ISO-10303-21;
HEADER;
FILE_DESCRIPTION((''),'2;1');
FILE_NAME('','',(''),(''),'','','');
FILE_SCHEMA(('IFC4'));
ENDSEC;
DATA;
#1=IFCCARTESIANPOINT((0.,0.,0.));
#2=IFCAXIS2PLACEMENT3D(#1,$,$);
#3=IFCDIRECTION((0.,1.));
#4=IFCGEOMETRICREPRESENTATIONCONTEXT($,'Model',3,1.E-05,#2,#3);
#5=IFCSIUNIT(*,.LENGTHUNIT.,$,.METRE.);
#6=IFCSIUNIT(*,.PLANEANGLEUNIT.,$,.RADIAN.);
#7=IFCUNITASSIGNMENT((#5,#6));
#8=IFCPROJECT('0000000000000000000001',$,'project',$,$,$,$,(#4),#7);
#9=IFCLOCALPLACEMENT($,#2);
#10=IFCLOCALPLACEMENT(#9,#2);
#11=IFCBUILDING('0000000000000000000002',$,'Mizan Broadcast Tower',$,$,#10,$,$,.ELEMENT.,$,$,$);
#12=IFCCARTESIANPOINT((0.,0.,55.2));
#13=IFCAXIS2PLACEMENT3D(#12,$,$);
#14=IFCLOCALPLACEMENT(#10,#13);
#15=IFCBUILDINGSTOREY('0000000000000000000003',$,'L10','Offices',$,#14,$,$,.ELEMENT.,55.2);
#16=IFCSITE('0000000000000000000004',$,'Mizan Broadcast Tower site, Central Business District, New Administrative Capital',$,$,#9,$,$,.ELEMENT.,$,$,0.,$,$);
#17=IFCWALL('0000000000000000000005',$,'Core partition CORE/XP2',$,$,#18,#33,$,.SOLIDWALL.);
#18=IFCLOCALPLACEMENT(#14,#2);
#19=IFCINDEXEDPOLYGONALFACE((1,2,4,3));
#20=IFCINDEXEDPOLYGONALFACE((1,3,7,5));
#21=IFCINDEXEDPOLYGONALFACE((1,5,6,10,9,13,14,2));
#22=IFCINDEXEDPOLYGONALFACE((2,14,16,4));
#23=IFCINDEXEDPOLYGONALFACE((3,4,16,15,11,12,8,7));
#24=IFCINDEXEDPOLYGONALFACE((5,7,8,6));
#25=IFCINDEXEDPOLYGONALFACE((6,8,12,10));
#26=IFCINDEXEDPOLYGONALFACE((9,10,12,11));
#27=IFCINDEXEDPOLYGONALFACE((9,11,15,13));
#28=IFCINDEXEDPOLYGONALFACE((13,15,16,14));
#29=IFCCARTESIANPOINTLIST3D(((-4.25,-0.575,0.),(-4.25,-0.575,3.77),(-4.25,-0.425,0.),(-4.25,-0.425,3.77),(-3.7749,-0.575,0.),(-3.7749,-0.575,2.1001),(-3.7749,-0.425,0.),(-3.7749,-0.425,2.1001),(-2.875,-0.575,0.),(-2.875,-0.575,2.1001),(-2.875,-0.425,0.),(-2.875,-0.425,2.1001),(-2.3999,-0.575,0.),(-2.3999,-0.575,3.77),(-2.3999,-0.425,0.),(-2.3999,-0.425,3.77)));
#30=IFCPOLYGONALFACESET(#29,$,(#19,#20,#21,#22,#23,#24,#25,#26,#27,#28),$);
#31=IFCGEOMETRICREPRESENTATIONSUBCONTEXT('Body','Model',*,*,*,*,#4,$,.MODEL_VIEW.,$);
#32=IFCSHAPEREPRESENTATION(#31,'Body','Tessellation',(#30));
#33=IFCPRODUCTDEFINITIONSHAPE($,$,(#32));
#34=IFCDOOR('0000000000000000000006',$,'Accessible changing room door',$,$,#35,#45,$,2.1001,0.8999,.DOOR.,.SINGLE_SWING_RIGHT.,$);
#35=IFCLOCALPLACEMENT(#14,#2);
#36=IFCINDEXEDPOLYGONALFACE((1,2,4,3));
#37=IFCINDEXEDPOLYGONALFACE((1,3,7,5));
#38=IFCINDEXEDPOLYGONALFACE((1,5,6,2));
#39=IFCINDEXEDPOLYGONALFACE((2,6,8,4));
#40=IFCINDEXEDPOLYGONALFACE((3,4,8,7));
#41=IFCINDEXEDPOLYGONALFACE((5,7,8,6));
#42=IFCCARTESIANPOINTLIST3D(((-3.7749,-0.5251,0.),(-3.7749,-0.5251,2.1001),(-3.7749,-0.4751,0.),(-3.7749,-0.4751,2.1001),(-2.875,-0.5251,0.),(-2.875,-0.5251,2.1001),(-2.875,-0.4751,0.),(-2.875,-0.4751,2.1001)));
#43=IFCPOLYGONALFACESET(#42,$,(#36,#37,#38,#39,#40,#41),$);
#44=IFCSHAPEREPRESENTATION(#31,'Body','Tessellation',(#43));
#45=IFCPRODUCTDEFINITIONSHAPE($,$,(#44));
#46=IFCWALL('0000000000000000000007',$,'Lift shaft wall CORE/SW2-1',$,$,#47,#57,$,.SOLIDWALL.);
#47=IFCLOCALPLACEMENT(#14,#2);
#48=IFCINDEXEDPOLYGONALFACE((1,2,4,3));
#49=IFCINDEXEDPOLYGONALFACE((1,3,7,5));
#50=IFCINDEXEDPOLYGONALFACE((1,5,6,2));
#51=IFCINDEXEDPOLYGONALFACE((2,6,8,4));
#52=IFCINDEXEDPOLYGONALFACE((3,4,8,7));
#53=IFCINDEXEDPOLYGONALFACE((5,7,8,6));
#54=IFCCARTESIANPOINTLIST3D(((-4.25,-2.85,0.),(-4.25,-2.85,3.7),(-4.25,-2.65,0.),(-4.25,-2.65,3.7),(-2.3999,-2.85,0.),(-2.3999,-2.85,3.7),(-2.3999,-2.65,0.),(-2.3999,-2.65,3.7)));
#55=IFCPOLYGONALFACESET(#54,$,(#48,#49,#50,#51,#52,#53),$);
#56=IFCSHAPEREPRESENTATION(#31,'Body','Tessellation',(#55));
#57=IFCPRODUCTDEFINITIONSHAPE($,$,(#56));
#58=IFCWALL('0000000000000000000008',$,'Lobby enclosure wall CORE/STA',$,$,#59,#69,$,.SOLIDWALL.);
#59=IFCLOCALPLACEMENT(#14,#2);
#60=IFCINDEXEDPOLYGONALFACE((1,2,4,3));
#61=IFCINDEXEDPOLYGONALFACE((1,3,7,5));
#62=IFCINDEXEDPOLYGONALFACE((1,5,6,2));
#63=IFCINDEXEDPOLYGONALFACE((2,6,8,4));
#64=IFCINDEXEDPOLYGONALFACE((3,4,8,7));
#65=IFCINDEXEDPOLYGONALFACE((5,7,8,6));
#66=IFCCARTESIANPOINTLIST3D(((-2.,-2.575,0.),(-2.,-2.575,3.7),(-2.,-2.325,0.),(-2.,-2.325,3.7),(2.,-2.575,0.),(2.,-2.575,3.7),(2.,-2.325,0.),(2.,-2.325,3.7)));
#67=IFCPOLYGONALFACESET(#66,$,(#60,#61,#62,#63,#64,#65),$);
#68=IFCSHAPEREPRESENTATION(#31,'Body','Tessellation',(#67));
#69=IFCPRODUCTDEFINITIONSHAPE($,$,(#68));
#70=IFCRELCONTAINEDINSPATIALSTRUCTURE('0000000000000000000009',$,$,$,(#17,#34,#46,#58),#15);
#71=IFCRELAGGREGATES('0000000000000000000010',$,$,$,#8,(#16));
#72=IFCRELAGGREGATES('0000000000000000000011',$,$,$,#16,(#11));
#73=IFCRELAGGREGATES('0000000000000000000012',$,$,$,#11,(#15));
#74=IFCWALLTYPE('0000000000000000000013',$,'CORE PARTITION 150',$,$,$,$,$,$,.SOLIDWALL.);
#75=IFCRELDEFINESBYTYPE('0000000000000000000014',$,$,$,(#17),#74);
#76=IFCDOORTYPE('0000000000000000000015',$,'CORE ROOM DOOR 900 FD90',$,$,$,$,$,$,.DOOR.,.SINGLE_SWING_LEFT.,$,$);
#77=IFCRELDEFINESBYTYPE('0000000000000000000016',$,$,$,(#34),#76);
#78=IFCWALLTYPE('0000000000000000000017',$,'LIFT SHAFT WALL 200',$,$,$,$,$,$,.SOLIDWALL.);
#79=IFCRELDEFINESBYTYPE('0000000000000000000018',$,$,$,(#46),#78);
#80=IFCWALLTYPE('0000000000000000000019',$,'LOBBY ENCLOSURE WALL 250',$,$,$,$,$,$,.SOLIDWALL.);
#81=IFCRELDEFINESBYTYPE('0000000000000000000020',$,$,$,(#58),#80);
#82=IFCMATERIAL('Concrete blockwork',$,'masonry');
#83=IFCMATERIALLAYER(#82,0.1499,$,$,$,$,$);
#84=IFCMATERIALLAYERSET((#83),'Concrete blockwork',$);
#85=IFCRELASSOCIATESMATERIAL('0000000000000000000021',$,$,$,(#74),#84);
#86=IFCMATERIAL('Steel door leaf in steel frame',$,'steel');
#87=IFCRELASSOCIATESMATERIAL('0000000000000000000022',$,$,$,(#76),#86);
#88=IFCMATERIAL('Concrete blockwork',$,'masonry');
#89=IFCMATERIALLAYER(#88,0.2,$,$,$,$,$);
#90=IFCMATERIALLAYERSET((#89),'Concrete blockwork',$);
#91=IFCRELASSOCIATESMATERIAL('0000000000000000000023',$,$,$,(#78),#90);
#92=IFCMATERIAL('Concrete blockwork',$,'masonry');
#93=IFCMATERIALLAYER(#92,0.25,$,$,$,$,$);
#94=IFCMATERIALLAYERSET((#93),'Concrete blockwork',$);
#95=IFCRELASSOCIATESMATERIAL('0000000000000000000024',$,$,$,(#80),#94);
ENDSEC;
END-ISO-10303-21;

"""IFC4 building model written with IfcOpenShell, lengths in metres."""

from ifc_helpers import new_model, si_unit, direction, frame, frame_2d, origin, place, context, subcontext, project, spatial, rectangle, extrude, material, layer, layer_set, type_object, element, fill, save


model = new_model("IFC4")

# Units and contexts
model_context = context("Model", 3, precision=1e-05, world=origin(), true_north=direction((0.0, 1.0)))
body_context = subcontext(model_context, "Body", "Model", "MODEL_VIEW")
ifc_project = project(units=[si_unit("LENGTHUNIT", "METRE"), si_unit("PLANEANGLEUNIT", "RADIAN")], contexts=[model_context])

# Site, building, storey
site_placement = place(None, origin())
site = spatial("IfcSite", under=ifc_project, at=site_placement, Name="Mizan Broadcast Tower site, Central Business District, New Administrative Capital", CompositionType="ELEMENT", RefElevation=0.0)
building_placement = place(site_placement, origin())
building = spatial("IfcBuilding", under=site, at=building_placement, Name="Mizan Broadcast Tower", CompositionType="ELEMENT")
storey_placement = place(building_placement, frame((0.0, 0.0, 55.2)))
storey = spatial("IfcBuildingStorey", under=building, at=storey_placement, Name="L10", Description="Offices", CompositionType="ELEMENT", Elevation=55.2)

# Wall, opening, door
ifc_material_1 = material(Name="Concrete blockwork", Category="masonry")
ifc_layer_1 = layer(ifc_material_1, 0.1499)
ifc_layer_set_1 = layer_set([ifc_layer_1], Name="Concrete blockwork")
wall_type_1 = type_object("IfcWallType", Name="CORE PARTITION 150", PredefinedType="SOLIDWALL", material=ifc_layer_set_1)
wall_1_placement = place(storey_placement, frame((-4.25, -0.5, 0.0), z_axis=(0.0, 0.0, 1.0), x_axis=(1.0, 0.0, 0.0)))
wall_1 = element("IfcWall", 1, at=wall_1_placement, inside=storey, type_object=wall_type_1, Name="Core partition CORE/XP2", PredefinedType="SOLIDWALL", context=body_context, shape_type="SweptSolid", body=[
    extrude(rectangle(XDim=1.8501, YDim=0.1499, at=frame_2d((0.925, 0.0))), origin(), (0.0, 0.0, 1.0), 3.77),
])
opening_1_placement = place(wall_1_placement, frame((0.4751, 0.0, 0.0)))
opening_1 = element("IfcOpeningElement", 2, at=opening_1_placement, cuts=wall_1, PredefinedType="OPENING", context=body_context, shape_type="SweptSolid", body=[
    extrude(rectangle(XDim=0.8999, YDim=2.1001, at=frame_2d((0.45, 1.05))), frame((0.0, 0.085, 0.0), z_axis=(0.0, -1.0, 0.0), x_axis=(1.0, 0.0, 0.0)), (0.0, 0.0, 1.0), 0.1699),
])
ifc_material_2 = material(Name="Steel door leaf in steel frame", Category="steel")
door_type_1 = type_object("IfcDoorType", Name="CORE ROOM DOOR 900 FD90", OperationType="SINGLE_SWING_LEFT", PredefinedType="DOOR", material=ifc_material_2)
door_1_placement = place(opening_1_placement, origin())
door_1 = element("IfcDoor", 3, at=door_1_placement, inside=storey, type_object=door_type_1, Name="Accessible changing room door", OperationType="SINGLE_SWING_RIGHT", OverallHeight=2.1001, OverallWidth=0.8999, PredefinedType="DOOR", context=body_context, shape_type="SweptSolid", body=[
    extrude(rectangle(XDim=0.8999, YDim=2.1001, at=frame_2d((0.45, 1.05))), frame((0.0, 0.0249, 0.0), z_axis=(0.0, -1.0, 0.0), x_axis=(1.0, 0.0, 0.0)), (0.0, 0.0, 1.0), 0.05),
])
fill(opening_1, door_1)

# Walls
ifc_material_3 = material(Name="Concrete blockwork", Category="masonry")
ifc_layer_2 = layer(ifc_material_3, 0.2)
ifc_layer_set_2 = layer_set([ifc_layer_2], Name="Concrete blockwork")
wall_type_2 = type_object("IfcWallType", Name="LIFT SHAFT WALL 200", PredefinedType="SOLIDWALL", material=ifc_layer_set_2)
wall_2_placement = place(storey_placement, frame((-4.25, -2.75, 0.0), z_axis=(0.0, 0.0, 1.0), x_axis=(1.0, 0.0, 0.0)))
element("IfcWall", 4, at=wall_2_placement, inside=storey, type_object=wall_type_2, Name="Lift shaft wall CORE/SW2-1", PredefinedType="SOLIDWALL", context=body_context, shape_type="SweptSolid", body=[
    extrude(rectangle(XDim=1.8501, YDim=0.2, at=frame_2d((0.925, 0.0))), origin(), (0.0, 0.0, 1.0), 3.7),
])
ifc_material_4 = material(Name="Concrete blockwork", Category="masonry")
ifc_layer_3 = layer(ifc_material_4, 0.25)
ifc_layer_set_3 = layer_set([ifc_layer_3], Name="Concrete blockwork")
wall_type_3 = type_object("IfcWallType", Name="LOBBY ENCLOSURE WALL 250", PredefinedType="SOLIDWALL", material=ifc_layer_set_3)
wall_3_placement = place(storey_placement, frame((-2.0, -2.45, 0.0), z_axis=(0.0, 0.0, 1.0), x_axis=(1.0, 0.0, 0.0)))
element("IfcWall", 5, at=wall_3_placement, inside=storey, type_object=wall_type_3, Name="Lobby enclosure wall CORE/STA", PredefinedType="SOLIDWALL", context=body_context, shape_type="SweptSolid", body=[
    extrude(rectangle(XDim=4.0, YDim=0.25, at=frame_2d((2.0, 0.0))), origin(), (0.0, 0.0, 1.0), 3.7),
])

save(model, "model.ifc")
